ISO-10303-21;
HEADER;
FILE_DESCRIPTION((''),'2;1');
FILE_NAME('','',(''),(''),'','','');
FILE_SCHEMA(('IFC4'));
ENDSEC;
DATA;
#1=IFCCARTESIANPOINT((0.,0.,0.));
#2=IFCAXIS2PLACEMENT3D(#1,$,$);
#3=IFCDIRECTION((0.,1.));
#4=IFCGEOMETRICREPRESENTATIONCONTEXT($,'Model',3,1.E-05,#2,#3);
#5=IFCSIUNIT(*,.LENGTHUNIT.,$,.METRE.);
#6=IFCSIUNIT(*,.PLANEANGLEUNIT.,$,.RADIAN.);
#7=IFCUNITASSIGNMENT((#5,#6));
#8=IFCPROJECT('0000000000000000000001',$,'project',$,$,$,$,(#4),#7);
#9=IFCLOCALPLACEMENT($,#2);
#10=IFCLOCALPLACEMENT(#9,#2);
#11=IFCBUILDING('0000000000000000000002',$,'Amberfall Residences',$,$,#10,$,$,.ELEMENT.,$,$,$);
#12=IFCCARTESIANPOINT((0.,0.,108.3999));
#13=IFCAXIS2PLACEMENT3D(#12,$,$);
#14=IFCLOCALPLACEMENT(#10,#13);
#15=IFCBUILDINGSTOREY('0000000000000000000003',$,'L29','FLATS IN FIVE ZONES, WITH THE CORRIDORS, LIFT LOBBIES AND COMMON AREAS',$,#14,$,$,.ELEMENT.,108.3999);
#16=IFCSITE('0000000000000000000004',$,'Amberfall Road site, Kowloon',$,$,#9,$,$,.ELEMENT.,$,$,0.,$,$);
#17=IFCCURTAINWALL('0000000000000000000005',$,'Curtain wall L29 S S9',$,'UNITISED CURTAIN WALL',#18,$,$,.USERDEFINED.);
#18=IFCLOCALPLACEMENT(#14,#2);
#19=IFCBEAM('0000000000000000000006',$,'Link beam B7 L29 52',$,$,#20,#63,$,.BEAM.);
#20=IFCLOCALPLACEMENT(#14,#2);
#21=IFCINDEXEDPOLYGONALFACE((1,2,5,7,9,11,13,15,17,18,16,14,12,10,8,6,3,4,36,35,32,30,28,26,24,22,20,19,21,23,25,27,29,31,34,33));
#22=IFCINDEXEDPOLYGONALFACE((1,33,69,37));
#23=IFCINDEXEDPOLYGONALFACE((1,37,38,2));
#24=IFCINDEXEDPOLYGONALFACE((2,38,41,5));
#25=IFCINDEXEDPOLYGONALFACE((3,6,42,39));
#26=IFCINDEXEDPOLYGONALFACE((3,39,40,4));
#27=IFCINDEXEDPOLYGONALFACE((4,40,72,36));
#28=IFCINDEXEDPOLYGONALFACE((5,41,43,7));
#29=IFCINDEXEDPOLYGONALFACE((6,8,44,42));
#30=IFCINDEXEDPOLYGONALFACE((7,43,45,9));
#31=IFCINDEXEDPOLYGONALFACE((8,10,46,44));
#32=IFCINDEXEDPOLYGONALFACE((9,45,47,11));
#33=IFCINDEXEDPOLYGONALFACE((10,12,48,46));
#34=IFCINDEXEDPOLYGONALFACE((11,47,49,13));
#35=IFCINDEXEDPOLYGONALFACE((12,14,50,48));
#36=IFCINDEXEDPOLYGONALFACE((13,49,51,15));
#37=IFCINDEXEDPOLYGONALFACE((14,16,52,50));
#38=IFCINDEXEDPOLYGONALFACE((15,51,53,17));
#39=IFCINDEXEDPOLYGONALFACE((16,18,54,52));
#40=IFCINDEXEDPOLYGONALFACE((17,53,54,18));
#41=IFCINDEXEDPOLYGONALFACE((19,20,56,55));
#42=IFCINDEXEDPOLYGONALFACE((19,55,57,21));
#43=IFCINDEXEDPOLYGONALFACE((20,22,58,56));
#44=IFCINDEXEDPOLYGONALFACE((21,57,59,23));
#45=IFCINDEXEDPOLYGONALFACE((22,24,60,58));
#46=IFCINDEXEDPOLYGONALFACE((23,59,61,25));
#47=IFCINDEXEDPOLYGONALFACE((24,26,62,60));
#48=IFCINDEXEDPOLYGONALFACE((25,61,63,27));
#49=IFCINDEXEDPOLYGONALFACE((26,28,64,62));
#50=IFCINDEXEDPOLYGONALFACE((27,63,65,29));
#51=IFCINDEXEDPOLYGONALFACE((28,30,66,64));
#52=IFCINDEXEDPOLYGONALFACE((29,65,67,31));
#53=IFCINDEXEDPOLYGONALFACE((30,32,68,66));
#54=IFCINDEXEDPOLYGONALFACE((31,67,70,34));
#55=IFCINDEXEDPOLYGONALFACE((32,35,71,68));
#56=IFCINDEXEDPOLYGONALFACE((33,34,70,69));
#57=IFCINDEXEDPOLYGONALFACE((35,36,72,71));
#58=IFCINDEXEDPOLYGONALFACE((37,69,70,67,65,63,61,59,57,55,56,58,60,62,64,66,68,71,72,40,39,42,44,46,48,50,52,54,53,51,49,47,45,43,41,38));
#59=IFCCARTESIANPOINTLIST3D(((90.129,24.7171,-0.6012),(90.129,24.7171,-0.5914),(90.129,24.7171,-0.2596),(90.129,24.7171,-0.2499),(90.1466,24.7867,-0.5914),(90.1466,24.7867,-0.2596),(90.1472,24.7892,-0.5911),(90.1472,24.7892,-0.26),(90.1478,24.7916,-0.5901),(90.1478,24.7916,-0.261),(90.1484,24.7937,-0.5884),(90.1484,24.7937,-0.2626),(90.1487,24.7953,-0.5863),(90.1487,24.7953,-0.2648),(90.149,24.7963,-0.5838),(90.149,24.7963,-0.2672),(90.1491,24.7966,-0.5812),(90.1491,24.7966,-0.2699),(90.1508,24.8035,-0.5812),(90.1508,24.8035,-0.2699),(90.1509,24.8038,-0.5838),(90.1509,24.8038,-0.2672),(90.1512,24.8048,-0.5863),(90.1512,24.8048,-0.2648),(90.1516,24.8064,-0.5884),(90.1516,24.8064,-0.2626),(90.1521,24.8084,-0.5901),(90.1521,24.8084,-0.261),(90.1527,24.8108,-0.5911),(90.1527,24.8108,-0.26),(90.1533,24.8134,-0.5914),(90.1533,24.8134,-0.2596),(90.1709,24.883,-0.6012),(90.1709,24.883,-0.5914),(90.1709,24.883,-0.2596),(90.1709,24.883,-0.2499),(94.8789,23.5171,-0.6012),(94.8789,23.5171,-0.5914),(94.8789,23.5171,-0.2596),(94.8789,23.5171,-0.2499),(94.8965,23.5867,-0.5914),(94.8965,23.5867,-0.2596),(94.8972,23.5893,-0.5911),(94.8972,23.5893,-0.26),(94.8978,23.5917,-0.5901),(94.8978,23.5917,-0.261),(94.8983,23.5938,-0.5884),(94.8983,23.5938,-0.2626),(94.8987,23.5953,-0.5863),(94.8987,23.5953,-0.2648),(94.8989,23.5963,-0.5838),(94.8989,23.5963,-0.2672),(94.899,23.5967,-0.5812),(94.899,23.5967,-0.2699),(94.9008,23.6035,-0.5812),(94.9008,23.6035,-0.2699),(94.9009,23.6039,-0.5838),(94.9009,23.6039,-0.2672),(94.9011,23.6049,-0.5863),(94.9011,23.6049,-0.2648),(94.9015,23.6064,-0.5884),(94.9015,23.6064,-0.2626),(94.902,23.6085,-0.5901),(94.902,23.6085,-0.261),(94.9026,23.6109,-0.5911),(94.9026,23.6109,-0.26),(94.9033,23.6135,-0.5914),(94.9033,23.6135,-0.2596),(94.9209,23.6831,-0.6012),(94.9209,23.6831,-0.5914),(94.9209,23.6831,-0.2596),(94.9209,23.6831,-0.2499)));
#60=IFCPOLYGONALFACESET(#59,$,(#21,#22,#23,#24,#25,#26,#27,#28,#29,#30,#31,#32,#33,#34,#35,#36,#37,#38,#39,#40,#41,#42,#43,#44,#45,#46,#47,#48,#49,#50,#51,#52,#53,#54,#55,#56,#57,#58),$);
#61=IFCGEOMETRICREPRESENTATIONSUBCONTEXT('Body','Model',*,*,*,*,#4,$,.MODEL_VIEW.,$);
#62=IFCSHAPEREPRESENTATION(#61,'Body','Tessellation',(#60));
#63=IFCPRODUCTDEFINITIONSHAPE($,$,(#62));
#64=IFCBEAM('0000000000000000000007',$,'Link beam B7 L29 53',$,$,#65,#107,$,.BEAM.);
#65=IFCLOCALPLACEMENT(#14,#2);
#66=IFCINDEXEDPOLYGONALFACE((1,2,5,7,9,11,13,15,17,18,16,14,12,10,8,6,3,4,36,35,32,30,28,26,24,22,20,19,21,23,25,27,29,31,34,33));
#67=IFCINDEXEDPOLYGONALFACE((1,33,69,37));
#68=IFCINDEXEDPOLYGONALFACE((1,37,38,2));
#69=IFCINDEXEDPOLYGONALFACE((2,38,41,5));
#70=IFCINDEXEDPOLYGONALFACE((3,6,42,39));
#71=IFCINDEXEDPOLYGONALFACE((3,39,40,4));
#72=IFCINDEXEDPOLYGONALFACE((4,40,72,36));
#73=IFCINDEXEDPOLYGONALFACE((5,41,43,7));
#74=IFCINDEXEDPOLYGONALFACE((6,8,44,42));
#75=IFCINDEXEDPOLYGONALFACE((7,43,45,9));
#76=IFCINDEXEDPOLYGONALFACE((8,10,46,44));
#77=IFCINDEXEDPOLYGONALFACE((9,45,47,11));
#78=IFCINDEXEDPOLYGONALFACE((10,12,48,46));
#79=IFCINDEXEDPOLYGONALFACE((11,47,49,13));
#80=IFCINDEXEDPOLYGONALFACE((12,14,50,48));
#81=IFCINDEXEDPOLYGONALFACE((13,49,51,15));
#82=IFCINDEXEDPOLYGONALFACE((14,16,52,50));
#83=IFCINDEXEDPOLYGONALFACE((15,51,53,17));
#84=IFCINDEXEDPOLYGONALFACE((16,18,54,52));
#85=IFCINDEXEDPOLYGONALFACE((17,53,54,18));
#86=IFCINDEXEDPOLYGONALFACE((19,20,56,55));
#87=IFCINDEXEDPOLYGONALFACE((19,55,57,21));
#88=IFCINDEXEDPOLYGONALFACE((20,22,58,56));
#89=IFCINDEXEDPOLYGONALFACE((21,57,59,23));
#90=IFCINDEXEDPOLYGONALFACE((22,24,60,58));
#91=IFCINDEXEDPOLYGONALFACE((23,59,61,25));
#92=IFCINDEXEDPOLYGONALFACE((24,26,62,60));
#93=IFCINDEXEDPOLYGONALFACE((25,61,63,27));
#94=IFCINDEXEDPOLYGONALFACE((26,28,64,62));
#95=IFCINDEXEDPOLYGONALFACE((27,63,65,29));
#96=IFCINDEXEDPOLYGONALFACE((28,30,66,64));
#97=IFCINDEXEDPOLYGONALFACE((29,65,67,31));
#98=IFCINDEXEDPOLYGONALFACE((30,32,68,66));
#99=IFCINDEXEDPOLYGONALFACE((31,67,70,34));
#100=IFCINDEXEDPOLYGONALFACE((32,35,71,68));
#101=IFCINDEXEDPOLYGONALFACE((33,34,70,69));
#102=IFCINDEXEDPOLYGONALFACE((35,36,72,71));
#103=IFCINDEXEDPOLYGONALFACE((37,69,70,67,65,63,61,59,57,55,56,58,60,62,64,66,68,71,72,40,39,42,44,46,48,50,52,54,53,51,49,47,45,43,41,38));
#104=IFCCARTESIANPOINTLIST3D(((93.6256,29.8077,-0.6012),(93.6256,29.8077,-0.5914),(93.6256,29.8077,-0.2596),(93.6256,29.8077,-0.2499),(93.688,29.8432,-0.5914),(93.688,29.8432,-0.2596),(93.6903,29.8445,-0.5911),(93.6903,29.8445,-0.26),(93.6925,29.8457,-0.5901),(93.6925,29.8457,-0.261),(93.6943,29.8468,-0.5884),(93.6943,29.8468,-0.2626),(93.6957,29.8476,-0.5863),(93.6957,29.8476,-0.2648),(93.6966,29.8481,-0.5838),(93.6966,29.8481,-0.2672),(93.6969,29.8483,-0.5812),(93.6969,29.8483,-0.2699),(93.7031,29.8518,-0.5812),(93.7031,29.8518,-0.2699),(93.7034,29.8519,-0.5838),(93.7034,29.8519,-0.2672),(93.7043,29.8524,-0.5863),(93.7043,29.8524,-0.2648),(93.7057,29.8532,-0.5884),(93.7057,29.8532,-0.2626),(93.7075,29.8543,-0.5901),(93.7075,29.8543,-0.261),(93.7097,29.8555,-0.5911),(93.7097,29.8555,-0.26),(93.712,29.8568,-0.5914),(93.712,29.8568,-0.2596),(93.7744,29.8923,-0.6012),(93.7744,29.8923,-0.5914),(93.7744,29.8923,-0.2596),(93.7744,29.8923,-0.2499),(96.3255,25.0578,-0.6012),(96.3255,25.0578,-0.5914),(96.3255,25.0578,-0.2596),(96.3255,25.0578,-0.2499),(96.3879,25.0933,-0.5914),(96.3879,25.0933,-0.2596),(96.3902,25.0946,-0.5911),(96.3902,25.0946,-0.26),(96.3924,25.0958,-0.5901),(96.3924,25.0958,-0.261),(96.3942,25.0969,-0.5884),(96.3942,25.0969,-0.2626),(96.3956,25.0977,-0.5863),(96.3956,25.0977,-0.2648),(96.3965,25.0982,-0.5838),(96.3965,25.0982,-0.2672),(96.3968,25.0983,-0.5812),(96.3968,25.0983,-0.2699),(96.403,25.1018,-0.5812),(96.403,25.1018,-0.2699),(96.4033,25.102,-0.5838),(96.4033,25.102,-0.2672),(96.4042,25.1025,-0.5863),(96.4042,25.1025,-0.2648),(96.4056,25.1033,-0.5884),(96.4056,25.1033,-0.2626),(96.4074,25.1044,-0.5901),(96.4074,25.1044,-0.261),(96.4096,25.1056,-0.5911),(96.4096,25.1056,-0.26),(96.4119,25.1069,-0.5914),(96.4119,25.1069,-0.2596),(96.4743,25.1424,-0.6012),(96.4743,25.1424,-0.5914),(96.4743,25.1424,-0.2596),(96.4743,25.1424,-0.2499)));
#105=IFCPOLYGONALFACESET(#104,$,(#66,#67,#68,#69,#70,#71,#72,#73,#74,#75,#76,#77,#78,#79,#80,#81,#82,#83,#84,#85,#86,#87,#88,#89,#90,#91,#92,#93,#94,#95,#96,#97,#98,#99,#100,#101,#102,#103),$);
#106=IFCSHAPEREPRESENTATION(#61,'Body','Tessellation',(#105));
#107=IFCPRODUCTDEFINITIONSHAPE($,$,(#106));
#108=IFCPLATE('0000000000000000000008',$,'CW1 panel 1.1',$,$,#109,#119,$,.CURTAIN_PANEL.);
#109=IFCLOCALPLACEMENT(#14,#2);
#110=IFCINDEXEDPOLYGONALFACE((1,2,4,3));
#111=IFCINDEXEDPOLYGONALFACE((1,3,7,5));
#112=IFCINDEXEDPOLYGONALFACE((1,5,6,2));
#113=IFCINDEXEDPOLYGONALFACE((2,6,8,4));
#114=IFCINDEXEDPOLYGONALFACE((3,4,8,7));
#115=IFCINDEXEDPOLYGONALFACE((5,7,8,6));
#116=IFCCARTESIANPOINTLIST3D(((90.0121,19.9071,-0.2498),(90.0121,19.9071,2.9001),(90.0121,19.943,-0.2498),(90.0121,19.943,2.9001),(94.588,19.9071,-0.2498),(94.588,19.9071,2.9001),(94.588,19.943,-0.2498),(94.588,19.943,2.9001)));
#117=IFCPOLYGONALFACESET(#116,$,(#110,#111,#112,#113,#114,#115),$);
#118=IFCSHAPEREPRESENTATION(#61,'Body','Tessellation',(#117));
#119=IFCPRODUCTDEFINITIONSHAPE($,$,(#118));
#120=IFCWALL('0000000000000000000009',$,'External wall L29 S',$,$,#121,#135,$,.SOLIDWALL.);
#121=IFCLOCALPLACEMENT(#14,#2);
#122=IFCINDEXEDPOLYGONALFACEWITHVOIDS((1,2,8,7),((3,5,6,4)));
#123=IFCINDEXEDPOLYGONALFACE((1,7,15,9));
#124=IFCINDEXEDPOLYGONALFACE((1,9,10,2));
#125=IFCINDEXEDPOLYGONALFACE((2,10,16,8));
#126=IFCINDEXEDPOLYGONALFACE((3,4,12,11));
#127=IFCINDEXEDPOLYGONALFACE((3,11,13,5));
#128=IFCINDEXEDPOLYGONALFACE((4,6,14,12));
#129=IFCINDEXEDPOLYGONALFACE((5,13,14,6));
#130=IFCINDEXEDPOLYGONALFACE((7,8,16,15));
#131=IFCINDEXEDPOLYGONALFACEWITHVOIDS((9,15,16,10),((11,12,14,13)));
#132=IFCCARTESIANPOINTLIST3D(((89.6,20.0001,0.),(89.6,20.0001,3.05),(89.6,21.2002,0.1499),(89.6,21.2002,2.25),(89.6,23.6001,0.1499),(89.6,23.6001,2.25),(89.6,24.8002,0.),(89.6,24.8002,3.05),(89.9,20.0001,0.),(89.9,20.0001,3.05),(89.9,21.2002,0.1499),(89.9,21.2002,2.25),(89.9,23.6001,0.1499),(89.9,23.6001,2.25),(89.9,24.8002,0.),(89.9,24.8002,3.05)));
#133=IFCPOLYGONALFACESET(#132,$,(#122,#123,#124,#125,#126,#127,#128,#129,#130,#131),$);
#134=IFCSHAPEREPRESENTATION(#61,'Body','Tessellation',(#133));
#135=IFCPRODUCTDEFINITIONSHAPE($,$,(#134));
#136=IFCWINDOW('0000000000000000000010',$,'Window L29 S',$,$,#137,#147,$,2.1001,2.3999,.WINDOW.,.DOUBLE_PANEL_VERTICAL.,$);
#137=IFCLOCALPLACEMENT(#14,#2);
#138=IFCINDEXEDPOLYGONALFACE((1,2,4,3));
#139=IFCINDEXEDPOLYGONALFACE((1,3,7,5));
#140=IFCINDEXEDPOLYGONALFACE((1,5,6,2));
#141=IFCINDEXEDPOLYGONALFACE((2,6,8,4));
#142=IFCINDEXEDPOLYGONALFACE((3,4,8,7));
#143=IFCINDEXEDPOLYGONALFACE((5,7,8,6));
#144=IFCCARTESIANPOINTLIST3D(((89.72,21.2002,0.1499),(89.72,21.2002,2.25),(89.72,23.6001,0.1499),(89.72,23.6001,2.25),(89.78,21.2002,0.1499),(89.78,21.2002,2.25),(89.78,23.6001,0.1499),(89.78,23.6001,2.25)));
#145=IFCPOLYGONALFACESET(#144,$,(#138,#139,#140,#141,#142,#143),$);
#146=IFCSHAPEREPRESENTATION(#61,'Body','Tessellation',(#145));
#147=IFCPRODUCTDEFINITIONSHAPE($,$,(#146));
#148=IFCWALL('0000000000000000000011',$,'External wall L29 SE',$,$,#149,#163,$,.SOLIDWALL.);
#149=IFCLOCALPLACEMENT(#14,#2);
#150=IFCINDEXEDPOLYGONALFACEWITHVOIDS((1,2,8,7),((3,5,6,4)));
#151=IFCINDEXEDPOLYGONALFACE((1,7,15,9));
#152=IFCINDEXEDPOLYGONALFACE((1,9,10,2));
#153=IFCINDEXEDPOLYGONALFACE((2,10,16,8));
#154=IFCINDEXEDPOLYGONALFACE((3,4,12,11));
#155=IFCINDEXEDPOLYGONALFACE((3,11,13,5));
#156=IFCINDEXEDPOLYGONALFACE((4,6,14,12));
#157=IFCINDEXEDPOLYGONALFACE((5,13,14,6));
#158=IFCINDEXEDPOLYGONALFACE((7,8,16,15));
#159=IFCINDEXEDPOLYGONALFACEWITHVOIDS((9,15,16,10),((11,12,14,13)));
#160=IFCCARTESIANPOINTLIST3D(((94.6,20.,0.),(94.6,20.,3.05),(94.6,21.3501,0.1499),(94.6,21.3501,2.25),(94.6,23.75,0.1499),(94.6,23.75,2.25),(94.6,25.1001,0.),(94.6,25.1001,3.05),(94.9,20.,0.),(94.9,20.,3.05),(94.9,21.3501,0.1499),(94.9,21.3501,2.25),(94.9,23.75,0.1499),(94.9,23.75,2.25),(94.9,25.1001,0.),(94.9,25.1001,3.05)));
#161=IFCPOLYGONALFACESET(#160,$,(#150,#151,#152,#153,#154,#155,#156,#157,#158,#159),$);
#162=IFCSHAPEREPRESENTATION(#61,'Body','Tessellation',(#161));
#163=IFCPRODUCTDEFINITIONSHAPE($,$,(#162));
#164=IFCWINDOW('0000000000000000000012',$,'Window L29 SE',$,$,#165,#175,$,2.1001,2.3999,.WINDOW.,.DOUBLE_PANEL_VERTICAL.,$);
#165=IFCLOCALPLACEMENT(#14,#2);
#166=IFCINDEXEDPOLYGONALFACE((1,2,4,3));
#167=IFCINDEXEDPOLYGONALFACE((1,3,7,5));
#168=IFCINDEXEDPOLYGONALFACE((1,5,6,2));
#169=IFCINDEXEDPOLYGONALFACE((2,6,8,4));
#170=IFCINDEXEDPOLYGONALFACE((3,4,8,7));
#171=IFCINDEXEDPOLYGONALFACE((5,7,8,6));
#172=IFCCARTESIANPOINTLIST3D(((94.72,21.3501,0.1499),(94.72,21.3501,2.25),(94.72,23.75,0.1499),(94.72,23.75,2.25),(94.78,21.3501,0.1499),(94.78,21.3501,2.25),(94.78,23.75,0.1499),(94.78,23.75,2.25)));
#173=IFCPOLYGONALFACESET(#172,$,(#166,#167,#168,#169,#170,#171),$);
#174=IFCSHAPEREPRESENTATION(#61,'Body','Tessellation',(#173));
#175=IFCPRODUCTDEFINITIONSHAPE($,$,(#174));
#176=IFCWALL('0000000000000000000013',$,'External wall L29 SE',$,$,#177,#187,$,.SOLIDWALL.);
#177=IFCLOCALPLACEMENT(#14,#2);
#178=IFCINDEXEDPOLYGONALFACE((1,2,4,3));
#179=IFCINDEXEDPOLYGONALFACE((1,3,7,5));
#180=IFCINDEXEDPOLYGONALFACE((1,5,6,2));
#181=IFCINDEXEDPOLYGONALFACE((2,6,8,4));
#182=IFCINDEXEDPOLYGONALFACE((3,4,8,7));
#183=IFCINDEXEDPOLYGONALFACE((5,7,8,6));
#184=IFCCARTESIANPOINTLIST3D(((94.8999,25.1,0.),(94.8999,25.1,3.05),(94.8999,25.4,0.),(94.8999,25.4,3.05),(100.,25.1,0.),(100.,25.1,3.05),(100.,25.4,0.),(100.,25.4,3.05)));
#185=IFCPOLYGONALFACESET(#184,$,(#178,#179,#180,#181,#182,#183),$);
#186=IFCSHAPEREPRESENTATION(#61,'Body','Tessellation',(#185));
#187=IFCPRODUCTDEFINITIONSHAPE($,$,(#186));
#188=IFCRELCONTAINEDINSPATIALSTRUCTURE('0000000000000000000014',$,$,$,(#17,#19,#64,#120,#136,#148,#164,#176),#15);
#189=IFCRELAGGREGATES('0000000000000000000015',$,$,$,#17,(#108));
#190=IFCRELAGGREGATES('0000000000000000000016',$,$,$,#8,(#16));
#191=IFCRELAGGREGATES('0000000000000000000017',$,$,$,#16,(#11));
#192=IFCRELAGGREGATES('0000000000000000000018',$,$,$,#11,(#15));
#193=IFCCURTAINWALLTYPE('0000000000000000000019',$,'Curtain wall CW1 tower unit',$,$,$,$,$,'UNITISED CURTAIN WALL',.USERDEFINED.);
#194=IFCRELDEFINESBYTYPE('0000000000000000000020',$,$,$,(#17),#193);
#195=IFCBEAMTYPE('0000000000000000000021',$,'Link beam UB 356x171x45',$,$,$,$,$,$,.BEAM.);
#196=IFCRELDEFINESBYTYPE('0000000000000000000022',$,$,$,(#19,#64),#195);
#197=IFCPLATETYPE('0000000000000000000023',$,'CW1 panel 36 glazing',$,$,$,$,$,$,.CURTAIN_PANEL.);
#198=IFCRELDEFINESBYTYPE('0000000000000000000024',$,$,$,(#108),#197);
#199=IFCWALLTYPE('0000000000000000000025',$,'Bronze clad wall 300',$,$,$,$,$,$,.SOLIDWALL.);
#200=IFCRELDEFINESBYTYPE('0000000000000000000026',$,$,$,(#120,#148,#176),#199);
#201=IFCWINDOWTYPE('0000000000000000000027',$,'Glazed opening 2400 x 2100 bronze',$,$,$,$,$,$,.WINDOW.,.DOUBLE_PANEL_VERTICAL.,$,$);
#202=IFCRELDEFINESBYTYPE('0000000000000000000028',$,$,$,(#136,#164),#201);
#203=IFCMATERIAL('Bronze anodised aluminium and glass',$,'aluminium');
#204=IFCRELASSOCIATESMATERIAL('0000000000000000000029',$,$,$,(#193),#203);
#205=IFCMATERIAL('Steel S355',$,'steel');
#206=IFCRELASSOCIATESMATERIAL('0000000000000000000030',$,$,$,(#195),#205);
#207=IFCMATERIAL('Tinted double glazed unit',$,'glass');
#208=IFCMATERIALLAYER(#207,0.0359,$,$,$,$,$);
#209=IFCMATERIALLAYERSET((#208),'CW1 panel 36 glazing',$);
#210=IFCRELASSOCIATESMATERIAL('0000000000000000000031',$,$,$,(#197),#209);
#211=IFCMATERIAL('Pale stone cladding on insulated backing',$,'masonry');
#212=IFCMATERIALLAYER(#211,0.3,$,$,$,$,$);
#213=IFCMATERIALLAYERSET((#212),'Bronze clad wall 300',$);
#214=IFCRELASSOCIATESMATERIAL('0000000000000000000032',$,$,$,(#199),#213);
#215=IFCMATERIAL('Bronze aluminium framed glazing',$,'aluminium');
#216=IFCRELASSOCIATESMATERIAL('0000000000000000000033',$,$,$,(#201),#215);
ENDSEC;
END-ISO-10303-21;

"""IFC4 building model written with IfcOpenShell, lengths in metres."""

from ifc_helpers import new_model, si_unit, direction, frame, frame_2d, origin, origin_2d, place, context, subcontext, project, spatial, rectangle, i_section, extrude, material, layer, layer_set, material_profile, profile_set, type_object, element, fill, aggregate, save


model = new_model("IFC4")

# Units and contexts
model_context = context("Model", 3, precision=1e-05, world=origin(), true_north=direction((0.0, 1.0)))
body_context = subcontext(model_context, "Body", "Model", "MODEL_VIEW")
ifc_project = project(units=[si_unit("LENGTHUNIT", "METRE"), si_unit("PLANEANGLEUNIT", "RADIAN")], contexts=[model_context])

# Site, building, storey
site_placement = place(None, origin())
site = spatial("IfcSite", under=ifc_project, at=site_placement, Name="Amberfall Road site, Kowloon", CompositionType="ELEMENT", RefElevation=0.0)
building_placement = place(site_placement, origin())
building = spatial("IfcBuilding", under=site, at=building_placement, Name="Amberfall Residences", CompositionType="ELEMENT")
storey_placement = place(building_placement, frame((0.0, 0.0, 108.3999)))
storey = spatial("IfcBuildingStorey", under=building, at=storey_placement, Name="L29", Description="FLATS IN FIVE ZONES, WITH THE CORRIDORS, LIFT LOBBIES AND COMMON AREAS", CompositionType="ELEMENT", Elevation=108.3999)

# Curtain wall
ifc_material_1 = material(Name="Bronze anodised aluminium and glass", Category="aluminium")
curtain_wall_type = type_object("IfcCurtainWallType", Name="Curtain wall CW1 tower unit", ElementType="UNITISED CURTAIN WALL", PredefinedType="USERDEFINED", material=ifc_material_1)
curtain_wall_1_placement = place(storey_placement, origin())
curtain_wall_1 = element("IfcCurtainWall", 1, at=curtain_wall_1_placement, inside=storey, type_object=curtain_wall_type, Name="Curtain wall L29 S S9", ObjectType="UNITISED CURTAIN WALL", PredefinedType="USERDEFINED")

# Beams
ifc_material_2 = material(Name="Steel S355", Category="steel")
ifc_material_profile_1 = material_profile(ifc_material_2, i_section(OverallWidth=0.1711, OverallDepth=0.3513, WebThickness=0.0071, FlangeThickness=0.0098, FilletRadius=0.0103, at=origin_2d()), Name="UB 356x171x45")
ifc_profile_set_1 = profile_set([ifc_material_profile_1], Name="Steel S355")
beam_type = type_object("IfcBeamType", Name="Link beam UB 356x171x45", PredefinedType="BEAM", material=ifc_profile_set_1)
beam_1_placement = place(storey_placement, frame((94.8999, 23.6001, -0.4255), z_axis=(-0.969542, 0.244927, 0.0), x_axis=(-0.244927, -0.969542, 0.0)))
element("IfcBeam", 2, at=beam_1_placement, inside=storey, type_object=beam_type, Name="Link beam B7 L29 52", PredefinedType="BEAM", context=body_context, shape_type="SweptSolid", body=[
    extrude(i_section(OverallWidth=0.1711, OverallDepth=0.3513, WebThickness=0.0071, FlangeThickness=0.0098, FilletRadius=0.0103, at=origin_2d()), origin(), (0.0, 0.0, 1.0), 4.8992),
])
beam_2_placement = place(storey_placement, frame((96.3999, 25.1001, -0.4255), z_axis=(-0.49416, 0.869371, 0.0), x_axis=(-0.869371, -0.49416, 0.0)))
element("IfcBeam", 3, at=beam_2_placement, inside=storey, type_object=beam_type, Name="Link beam B7 L29 53", PredefinedType="BEAM", context=body_context, shape_type="SweptSolid", body=[
    extrude(i_section(OverallWidth=0.1711, OverallDepth=0.3513, WebThickness=0.0071, FlangeThickness=0.0098, FilletRadius=0.0103, at=origin_2d()), origin(), (0.0, 0.0, 1.0), 5.4636),
])

# Plate
ifc_material_3 = material(Name="Tinted double glazed unit", Category="glass")
ifc_layer_1 = layer(ifc_material_3, 0.0359)
ifc_layer_set_1 = layer_set([ifc_layer_1], Name="CW1 panel 36 glazing")
plate_type = type_object("IfcPlateType", Name="CW1 panel 36 glazing", PredefinedType="CURTAIN_PANEL", material=ifc_layer_set_1)
plate_placement = place(storey_placement, frame((92.3, 19.925, -0.2498), z_axis=(0.0, 0.0, 1.0), x_axis=(1.0, 0.0, 0.0)))
plate = element("IfcPlate", 4, at=plate_placement, type_object=plate_type, Name="CW1 panel 1.1", PredefinedType="CURTAIN_PANEL", context=body_context, shape_type="SweptSolid", body=[
    extrude(rectangle(XDim=4.5759, YDim=0.0359, at=origin_2d()), origin(), (0.0, 0.0, 1.0), 3.1499),
])
aggregate(curtain_wall_1, [plate])

# Walls, openings, windows
ifc_material_4 = material(Name="Pale stone cladding on insulated backing", Category="masonry")
ifc_layer_2 = layer(ifc_material_4, 0.3)
ifc_layer_set_2 = layer_set([ifc_layer_2], Name="Bronze clad wall 300")
wall_type = type_object("IfcWallType", Name="Bronze clad wall 300", PredefinedType="SOLIDWALL", material=ifc_layer_set_2)
wall_1_placement = place(storey_placement, frame((89.75, 24.8, 0.0), z_axis=(0.0, 0.0, 1.0), x_axis=(0.0, -1.0, 0.0)))
wall_1 = element("IfcWall", 5, at=wall_1_placement, inside=storey, type_object=wall_type, Name="External wall L29 S", PredefinedType="SOLIDWALL", context=body_context, shape_type="SweptSolid", body=[
    extrude(rectangle(XDim=4.8, YDim=0.3, at=frame_2d((2.3999, 0.0))), origin(), (0.0, 0.0, 1.0), 3.05),
])
opening_1_placement = place(wall_1_placement, frame((1.2, 0.0, 0.1499)))
opening_1 = element("IfcOpeningElement", 6, at=opening_1_placement, cuts=wall_1, PredefinedType="OPENING", context=body_context, shape_type="SweptSolid", body=[
    extrude(rectangle(XDim=2.3999, YDim=2.1001, at=frame_2d((1.2, 1.05))), frame((0.0, 0.1599, 0.0), z_axis=(0.0, -1.0, 0.0), x_axis=(1.0, 0.0, 0.0)), (0.0, 0.0, 1.0), 0.3201),
])
ifc_material_5 = material(Name="Bronze aluminium framed glazing", Category="aluminium")
window_type = type_object("IfcWindowType", Name="Glazed opening 2400 x 2100 bronze", PartitioningType="DOUBLE_PANEL_VERTICAL", PredefinedType="WINDOW", material=ifc_material_5)
window_1_placement = place(opening_1_placement, origin())
window_1 = element("IfcWindow", 7, at=window_1_placement, inside=storey, type_object=window_type, Name="Window L29 S", OverallHeight=2.1001, OverallWidth=2.3999, PartitioningType="DOUBLE_PANEL_VERTICAL", PredefinedType="WINDOW", context=body_context, shape_type="SweptSolid", body=[
    extrude(rectangle(XDim=2.3999, YDim=2.1001, at=frame_2d((1.2, 1.05))), frame((0.0, 0.03, 0.0), z_axis=(0.0, -1.0, 0.0), x_axis=(1.0, 0.0, 0.0)), (0.0, 0.0, 1.0), 0.0601),
])
fill(opening_1, window_1)
wall_2_placement = place(storey_placement, frame((94.75, 20.0, 0.0), z_axis=(0.0, 0.0, 1.0), x_axis=(0.0, 1.0, 0.0)))
wall_2 = element("IfcWall", 8, at=wall_2_placement, inside=storey, type_object=wall_type, Name="External wall L29 SE", PredefinedType="SOLIDWALL", context=body_context, shape_type="SweptSolid", body=[
    extrude(rectangle(XDim=5.1001, YDim=0.3, at=frame_2d((2.55, 0.0))), origin(), (0.0, 0.0, 1.0), 3.05),
])
opening_2_placement = place(wall_2_placement, frame((1.3501, 0.0, 0.1499)))
opening_2 = element("IfcOpeningElement", 9, at=opening_2_placement, cuts=wall_2, PredefinedType="OPENING", context=body_context, shape_type="SweptSolid", body=[
    extrude(rectangle(XDim=2.3999, YDim=2.1001, at=frame_2d((1.2, 1.05))), frame((0.0, 0.1599, 0.0), z_axis=(0.0, -1.0, 0.0), x_axis=(1.0, 0.0, 0.0)), (0.0, 0.0, 1.0), 0.3201),
])
window_2_placement = place(opening_2_placement, origin())
window_2 = element("IfcWindow", 10, at=window_2_placement, inside=storey, type_object=window_type, Name="Window L29 SE", OverallHeight=2.1001, OverallWidth=2.3999, PartitioningType="DOUBLE_PANEL_VERTICAL", PredefinedType="WINDOW", context=body_context, shape_type="SweptSolid", body=[
    extrude(rectangle(XDim=2.3999, YDim=2.1001, at=frame_2d((1.2, 1.05))), frame((0.0, 0.03, 0.0), z_axis=(0.0, -1.0, 0.0), x_axis=(1.0, 0.0, 0.0)), (0.0, 0.0, 1.0), 0.0601),
])
fill(opening_2, window_2)

# Wall
wall_3_placement = place(storey_placement, frame((94.8999, 25.25, 0.0), z_axis=(0.0, 0.0, 1.0), x_axis=(1.0, 0.0, 0.0)))
element("IfcWall", 11, at=wall_3_placement, inside=storey, type_object=wall_type, Name="External wall L29 SE", PredefinedType="SOLIDWALL", context=body_context, shape_type="SweptSolid", body=[
    extrude(rectangle(XDim=5.1001, YDim=0.3, at=frame_2d((2.55, 0.0))), origin(), (0.0, 0.0, 1.0), 3.05),
])

save(model, "model.ifc")
